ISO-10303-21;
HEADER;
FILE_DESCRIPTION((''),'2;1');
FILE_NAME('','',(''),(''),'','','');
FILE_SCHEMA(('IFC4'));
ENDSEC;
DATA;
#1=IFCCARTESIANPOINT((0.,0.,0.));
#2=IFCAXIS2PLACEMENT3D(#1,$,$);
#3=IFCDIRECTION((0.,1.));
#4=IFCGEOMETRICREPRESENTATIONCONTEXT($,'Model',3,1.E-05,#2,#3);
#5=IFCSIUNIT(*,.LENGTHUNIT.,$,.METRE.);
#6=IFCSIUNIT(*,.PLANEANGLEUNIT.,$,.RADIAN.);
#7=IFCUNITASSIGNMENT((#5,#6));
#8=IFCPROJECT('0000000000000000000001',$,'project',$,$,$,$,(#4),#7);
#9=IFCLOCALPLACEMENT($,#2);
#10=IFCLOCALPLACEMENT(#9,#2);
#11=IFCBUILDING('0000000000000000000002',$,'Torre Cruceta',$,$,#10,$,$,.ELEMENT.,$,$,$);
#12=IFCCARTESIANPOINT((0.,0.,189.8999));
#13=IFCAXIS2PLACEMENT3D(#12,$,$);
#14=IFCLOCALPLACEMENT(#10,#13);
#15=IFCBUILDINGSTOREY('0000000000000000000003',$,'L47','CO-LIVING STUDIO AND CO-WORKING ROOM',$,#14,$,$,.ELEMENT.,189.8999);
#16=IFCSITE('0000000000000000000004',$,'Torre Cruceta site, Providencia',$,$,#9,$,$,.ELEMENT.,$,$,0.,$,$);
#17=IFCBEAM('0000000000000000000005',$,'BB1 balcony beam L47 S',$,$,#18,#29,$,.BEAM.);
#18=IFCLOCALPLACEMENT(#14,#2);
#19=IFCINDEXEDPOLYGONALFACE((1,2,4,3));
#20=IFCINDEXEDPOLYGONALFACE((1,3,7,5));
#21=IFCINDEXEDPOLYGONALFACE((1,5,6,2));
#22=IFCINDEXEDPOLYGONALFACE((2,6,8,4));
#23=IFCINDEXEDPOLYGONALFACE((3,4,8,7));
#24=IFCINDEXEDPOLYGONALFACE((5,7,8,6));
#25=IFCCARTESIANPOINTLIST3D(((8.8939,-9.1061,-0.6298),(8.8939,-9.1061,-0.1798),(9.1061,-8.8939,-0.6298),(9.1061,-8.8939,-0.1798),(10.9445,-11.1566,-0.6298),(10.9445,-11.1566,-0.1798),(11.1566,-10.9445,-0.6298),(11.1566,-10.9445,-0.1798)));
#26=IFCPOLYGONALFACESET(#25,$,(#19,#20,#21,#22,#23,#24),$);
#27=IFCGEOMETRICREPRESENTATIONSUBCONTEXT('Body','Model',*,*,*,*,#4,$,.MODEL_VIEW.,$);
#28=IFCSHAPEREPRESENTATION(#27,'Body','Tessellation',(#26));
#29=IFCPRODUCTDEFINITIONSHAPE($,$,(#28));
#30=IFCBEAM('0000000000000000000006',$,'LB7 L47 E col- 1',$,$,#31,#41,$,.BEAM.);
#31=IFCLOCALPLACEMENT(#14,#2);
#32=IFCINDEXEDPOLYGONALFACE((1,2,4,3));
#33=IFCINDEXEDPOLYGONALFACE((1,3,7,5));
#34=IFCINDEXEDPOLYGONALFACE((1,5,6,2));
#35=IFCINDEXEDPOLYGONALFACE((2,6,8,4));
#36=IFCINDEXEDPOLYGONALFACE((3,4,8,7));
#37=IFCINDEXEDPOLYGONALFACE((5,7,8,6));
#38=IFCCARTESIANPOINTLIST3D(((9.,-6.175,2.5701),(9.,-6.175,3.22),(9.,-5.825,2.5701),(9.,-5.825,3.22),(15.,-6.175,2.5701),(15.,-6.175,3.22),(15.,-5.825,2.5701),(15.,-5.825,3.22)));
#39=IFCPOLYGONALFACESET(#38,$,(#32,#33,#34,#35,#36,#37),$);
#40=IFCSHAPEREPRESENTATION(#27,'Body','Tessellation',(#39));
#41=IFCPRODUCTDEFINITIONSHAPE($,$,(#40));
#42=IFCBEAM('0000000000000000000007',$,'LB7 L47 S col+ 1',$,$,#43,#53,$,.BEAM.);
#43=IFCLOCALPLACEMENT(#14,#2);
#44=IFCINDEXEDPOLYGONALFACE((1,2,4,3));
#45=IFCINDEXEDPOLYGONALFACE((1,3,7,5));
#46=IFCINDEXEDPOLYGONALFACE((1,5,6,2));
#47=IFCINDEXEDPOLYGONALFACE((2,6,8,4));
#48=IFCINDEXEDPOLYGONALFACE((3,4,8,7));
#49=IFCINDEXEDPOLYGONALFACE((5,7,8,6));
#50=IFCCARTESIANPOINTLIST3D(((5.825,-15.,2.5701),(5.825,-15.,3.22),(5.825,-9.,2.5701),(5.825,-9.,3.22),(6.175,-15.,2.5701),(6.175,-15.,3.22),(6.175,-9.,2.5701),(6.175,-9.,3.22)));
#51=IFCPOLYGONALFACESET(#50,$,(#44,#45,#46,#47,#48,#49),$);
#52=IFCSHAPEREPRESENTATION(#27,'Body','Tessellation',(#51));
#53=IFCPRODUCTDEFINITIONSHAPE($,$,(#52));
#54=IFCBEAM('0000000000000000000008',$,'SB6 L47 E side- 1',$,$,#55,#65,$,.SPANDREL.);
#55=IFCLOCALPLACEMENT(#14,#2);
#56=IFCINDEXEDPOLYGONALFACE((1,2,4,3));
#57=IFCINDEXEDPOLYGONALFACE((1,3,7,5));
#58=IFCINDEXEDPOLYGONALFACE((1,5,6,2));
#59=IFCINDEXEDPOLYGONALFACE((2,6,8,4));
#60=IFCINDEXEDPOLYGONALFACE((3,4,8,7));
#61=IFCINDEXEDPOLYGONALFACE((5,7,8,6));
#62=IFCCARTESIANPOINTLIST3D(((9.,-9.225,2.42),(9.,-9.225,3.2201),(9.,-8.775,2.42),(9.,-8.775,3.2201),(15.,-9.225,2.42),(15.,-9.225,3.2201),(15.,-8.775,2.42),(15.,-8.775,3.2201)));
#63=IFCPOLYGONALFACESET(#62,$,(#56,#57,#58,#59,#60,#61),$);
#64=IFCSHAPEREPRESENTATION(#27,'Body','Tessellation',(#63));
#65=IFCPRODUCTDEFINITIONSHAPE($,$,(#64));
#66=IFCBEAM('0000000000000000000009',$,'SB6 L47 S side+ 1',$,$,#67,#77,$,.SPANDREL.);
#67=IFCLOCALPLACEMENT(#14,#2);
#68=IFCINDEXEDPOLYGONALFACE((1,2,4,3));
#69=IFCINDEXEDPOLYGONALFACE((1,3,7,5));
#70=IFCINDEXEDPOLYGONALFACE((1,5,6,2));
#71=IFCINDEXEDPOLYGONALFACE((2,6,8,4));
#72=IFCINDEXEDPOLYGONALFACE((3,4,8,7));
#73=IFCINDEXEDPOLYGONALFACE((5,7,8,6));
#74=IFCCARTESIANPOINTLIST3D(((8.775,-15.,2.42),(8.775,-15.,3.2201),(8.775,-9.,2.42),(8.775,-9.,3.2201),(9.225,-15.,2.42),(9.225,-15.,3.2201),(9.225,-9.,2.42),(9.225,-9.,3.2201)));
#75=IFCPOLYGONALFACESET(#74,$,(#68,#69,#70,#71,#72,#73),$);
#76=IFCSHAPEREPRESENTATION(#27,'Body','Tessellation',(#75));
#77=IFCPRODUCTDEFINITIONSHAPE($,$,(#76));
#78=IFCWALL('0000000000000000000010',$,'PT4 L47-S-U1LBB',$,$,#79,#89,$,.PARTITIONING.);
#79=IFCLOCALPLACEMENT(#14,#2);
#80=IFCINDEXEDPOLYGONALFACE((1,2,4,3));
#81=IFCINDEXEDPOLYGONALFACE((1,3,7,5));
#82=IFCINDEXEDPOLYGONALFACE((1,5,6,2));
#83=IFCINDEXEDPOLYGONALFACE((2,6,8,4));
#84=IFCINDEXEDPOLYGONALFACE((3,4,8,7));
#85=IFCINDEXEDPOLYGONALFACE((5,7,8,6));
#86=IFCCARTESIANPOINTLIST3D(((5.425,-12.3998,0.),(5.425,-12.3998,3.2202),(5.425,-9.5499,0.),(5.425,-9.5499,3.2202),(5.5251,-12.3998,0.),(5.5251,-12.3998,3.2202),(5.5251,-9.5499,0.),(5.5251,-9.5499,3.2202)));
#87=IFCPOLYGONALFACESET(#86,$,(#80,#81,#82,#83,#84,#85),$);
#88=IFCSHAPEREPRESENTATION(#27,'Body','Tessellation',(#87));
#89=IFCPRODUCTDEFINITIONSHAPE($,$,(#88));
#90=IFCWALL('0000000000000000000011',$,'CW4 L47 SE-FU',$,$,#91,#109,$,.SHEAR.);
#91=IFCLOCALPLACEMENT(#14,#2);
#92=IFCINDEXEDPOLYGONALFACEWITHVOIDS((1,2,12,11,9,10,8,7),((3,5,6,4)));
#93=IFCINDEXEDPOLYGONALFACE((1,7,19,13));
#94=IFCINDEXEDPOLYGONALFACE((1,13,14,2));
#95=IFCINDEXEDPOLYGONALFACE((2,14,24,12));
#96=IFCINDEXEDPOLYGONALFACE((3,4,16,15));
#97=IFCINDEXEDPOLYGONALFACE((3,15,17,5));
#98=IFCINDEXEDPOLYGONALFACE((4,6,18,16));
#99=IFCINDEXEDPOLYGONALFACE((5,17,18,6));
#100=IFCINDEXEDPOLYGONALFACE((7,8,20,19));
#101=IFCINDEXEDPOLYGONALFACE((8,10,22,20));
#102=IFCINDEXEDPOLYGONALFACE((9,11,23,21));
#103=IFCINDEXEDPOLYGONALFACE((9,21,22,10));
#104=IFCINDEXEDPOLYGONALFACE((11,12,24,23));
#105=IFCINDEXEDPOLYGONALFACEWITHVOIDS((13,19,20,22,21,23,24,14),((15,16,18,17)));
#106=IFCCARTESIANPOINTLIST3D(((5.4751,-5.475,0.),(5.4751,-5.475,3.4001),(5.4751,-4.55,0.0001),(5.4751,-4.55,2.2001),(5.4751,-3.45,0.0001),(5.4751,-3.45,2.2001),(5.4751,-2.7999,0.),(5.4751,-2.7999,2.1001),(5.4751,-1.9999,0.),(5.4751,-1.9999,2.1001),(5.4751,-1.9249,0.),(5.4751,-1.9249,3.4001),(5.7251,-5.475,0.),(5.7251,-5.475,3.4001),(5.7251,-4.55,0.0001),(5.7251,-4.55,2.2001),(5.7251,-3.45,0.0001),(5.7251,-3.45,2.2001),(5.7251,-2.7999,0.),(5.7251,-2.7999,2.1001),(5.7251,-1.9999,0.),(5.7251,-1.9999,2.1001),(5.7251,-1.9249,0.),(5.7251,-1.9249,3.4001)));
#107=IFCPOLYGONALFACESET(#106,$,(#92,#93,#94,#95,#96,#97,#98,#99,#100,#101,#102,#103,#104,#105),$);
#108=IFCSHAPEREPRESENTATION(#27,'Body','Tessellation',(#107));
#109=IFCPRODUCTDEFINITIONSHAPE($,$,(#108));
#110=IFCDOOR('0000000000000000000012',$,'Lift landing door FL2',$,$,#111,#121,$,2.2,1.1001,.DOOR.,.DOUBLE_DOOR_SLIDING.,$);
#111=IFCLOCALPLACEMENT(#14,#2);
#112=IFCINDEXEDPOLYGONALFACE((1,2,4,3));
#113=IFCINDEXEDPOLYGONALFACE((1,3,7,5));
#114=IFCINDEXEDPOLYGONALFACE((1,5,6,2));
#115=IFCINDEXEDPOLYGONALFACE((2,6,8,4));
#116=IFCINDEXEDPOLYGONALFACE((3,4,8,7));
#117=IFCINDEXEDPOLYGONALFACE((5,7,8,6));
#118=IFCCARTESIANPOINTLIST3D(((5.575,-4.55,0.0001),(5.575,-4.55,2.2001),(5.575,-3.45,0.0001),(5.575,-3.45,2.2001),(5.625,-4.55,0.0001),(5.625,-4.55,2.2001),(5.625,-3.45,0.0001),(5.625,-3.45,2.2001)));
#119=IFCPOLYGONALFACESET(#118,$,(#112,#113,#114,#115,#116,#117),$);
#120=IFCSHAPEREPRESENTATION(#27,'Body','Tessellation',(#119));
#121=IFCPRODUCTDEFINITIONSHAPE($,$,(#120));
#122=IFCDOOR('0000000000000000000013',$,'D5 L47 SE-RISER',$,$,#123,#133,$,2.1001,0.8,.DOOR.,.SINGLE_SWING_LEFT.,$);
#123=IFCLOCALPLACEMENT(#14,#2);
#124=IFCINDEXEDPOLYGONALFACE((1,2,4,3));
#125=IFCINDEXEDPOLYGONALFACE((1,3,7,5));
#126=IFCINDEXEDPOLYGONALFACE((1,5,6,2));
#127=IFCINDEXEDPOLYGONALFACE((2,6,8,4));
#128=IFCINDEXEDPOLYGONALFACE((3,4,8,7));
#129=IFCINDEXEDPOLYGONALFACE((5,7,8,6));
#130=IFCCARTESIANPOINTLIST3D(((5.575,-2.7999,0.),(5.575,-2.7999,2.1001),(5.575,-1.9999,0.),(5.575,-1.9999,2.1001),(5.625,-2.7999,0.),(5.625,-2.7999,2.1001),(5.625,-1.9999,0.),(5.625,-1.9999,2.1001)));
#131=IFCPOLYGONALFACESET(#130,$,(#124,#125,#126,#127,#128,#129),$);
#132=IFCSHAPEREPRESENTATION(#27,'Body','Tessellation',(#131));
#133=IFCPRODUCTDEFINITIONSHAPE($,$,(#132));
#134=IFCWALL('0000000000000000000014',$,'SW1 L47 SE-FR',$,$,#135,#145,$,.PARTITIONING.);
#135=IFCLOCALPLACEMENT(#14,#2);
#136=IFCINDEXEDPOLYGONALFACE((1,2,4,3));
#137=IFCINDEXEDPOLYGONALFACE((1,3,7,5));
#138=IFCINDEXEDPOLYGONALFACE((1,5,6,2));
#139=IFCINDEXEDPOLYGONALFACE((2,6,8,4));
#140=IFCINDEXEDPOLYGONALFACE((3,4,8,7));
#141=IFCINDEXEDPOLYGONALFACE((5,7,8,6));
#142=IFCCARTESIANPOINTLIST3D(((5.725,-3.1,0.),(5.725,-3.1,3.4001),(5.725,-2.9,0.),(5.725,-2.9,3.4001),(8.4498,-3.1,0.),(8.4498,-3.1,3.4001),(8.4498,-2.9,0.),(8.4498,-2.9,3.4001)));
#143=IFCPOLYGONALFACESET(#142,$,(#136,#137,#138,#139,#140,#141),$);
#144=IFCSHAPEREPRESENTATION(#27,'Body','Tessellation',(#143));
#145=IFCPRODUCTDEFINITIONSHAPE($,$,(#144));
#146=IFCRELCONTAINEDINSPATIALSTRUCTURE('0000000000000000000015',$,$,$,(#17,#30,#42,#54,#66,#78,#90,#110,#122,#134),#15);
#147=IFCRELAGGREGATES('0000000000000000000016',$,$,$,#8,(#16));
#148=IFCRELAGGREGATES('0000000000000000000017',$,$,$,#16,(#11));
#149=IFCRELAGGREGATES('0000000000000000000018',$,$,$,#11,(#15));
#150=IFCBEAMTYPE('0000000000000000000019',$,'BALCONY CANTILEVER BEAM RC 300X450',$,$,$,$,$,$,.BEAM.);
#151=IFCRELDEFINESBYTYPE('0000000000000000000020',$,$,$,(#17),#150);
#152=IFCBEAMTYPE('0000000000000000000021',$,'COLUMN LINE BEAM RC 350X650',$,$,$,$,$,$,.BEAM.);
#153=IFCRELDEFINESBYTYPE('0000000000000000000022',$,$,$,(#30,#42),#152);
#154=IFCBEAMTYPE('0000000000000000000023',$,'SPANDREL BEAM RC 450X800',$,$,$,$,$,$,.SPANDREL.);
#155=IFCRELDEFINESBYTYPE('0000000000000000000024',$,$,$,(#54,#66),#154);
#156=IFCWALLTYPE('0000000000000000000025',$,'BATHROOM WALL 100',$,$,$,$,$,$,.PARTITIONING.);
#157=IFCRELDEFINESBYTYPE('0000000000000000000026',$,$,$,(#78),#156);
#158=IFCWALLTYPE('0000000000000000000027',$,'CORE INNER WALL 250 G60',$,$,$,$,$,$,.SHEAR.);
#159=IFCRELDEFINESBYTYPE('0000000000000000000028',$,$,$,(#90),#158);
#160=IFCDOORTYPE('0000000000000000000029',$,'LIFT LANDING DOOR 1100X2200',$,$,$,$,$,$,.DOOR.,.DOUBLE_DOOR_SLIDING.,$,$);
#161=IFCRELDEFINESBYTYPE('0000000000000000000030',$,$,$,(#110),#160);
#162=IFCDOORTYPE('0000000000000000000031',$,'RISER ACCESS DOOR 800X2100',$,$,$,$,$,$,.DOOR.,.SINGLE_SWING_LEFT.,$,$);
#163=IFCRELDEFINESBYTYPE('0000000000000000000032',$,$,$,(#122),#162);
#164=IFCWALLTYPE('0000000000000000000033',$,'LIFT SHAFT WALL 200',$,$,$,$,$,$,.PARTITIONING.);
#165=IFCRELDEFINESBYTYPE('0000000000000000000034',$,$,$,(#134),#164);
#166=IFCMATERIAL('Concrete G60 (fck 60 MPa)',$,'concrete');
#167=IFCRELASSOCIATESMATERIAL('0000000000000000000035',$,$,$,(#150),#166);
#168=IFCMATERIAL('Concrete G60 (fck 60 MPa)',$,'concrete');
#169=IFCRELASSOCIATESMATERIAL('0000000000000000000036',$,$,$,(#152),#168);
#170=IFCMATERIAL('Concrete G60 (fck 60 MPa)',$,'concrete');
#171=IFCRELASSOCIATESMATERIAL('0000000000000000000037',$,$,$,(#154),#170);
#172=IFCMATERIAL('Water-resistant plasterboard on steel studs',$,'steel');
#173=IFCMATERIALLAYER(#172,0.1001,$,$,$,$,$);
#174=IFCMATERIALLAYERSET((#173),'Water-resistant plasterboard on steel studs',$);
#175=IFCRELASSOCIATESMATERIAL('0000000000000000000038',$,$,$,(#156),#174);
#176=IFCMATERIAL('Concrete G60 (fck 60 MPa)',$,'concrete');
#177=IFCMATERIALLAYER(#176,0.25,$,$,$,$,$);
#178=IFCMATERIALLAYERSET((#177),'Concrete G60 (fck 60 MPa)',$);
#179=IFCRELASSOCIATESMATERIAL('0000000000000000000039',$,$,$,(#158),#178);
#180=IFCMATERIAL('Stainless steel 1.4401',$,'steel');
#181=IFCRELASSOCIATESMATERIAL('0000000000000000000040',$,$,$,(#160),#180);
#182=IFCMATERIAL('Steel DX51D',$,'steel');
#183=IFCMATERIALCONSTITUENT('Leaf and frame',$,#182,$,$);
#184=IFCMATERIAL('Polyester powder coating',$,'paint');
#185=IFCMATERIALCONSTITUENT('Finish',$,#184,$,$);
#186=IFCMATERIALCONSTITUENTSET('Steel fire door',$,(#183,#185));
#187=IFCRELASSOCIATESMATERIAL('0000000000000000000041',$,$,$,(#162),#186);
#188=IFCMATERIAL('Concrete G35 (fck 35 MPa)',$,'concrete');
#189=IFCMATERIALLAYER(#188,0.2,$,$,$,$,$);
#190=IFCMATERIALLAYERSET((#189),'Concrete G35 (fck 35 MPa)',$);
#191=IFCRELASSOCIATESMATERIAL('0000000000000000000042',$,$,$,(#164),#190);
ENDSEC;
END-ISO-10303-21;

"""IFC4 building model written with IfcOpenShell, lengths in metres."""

from ifc_helpers import new_model, si_unit, direction, frame, frame_2d, origin, origin_2d, place, context, subcontext, project, spatial, rectangle, extrude, material, layer, layer_set, constituent, constituent_set, material_profile, profile_set, type_object, element, fill, save


model = new_model("IFC4")

# Units and contexts
model_context = context("Model", 3, precision=1e-05, world=origin(), true_north=direction((0.0, 1.0)))
body_context = subcontext(model_context, "Body", "Model", "MODEL_VIEW")
ifc_project = project(units=[si_unit("LENGTHUNIT", "METRE"), si_unit("PLANEANGLEUNIT", "RADIAN")], contexts=[model_context])

# Site, building, storey
site_placement = place(None, origin())
site = spatial("IfcSite", under=ifc_project, at=site_placement, Name="Torre Cruceta site, Providencia", CompositionType="ELEMENT", RefElevation=0.0)
building_placement = place(site_placement, origin())
building = spatial("IfcBuilding", under=site, at=building_placement, Name="Torre Cruceta", CompositionType="ELEMENT")
storey_placement = place(building_placement, frame((0.0, 0.0, 189.8999)))
storey = spatial("IfcBuildingStorey", under=building, at=storey_placement, Name="L47", Description="CO-LIVING STUDIO AND CO-WORKING ROOM", CompositionType="ELEMENT", Elevation=189.8999)

# Beams
ifc_material_1 = material(Name="Concrete G60 (fck 60 MPa)", Category="concrete")
ifc_material_profile_1 = material_profile(ifc_material_1, rectangle(XDim=0.3, YDim=0.45, at=origin_2d()), Name="RC 300X450")
ifc_profile_set_1 = profile_set([ifc_material_profile_1], Name="Concrete G60 (fck 60 MPa)")
beam_type_1 = type_object("IfcBeamType", Name="BALCONY CANTILEVER BEAM RC 300X450", PredefinedType="BEAM", material=ifc_profile_set_1)
beam_placement = place(storey_placement, frame((9.0, -9.0, -0.4048), z_axis=(0.707107, -0.707107, 0.0), x_axis=(0.707107, 0.707107, 0.0)))
element("IfcBeam", 1, at=beam_placement, inside=storey, type_object=beam_type_1, Name="BB1 balcony beam L47 S", PredefinedType="BEAM", context=body_context, shape_type="SweptSolid", body=[
    extrude(rectangle(XDim=0.3, YDim=0.45, at=origin_2d()), origin(), (0.0, 0.0, 1.0), 2.8999),
])
ifc_material_2 = material(Name="Concrete G60 (fck 60 MPa)", Category="concrete")
ifc_material_profile_2 = material_profile(ifc_material_2, rectangle(XDim=0.3501, YDim=0.6499, at=origin_2d()), Name="RC 350X650")
ifc_profile_set_2 = profile_set([ifc_material_profile_2], Name="Concrete G60 (fck 60 MPa)")
beam_type_2 = type_object("IfcBeamType", Name="COLUMN LINE BEAM RC 350X650", PredefinedType="BEAM", material=ifc_profile_set_2)
for number, where, z_axis, x_axis, name in (
    (2, (9.0, -6.0, 2.895), (1.0, 0.0, 0.0), (0.0, 1.0, 0.0), "LB7 L47 E col- 1"),
    (3, (6.0, -9.0, 2.895), (0.0, -1.0, 0.0), (1.0, 0.0, 0.0), "LB7 L47 S col+ 1"),
):
    element("IfcBeam", number, at=place(storey_placement, frame(where, z_axis=z_axis, x_axis=x_axis)), inside=storey, type_object=beam_type_2, Name=name, PredefinedType="BEAM", context=body_context, shape_type="SweptSolid", body=[
        extrude(rectangle(XDim=0.3501, YDim=0.6499, at=origin_2d()), origin(), (0.0, 0.0, 1.0), 6.0),
    ])
ifc_material_3 = material(Name="Concrete G60 (fck 60 MPa)", Category="concrete")
ifc_material_profile_3 = material_profile(ifc_material_3, rectangle(XDim=0.45, YDim=0.8, at=origin_2d()), Name="RC 450X800")
ifc_profile_set_3 = profile_set([ifc_material_profile_3], Name="Concrete G60 (fck 60 MPa)")
beam_type_3 = type_object("IfcBeamType", Name="SPANDREL BEAM RC 450X800", PredefinedType="SPANDREL", material=ifc_profile_set_3)
for number, where, z_axis, x_axis, name in (
    (4, (9.0, -9.0, 2.8201), (1.0, 0.0, 0.0), (0.0, 1.0, 0.0), "SB6 L47 E side- 1"),
    (5, (9.0, -9.0, 2.8201), (0.0, -1.0, 0.0), (1.0, 0.0, 0.0), "SB6 L47 S side+ 1"),
):
    element("IfcBeam", number, at=place(storey_placement, frame(where, z_axis=z_axis, x_axis=x_axis)), inside=storey, type_object=beam_type_3, Name=name, PredefinedType="SPANDREL", context=body_context, shape_type="SweptSolid", body=[
        extrude(rectangle(XDim=0.45, YDim=0.8, at=origin_2d()), origin(), (0.0, 0.0, 1.0), 6.0),
    ])

# Wall
ifc_material_4 = material(Name="Water-resistant plasterboard on steel studs", Category="steel")
ifc_layer_1 = layer(ifc_material_4, 0.1001)
ifc_layer_set_1 = layer_set([ifc_layer_1], Name="Water-resistant plasterboard on steel studs")
wall_type_1 = type_object("IfcWallType", Name="BATHROOM WALL 100", PredefinedType="PARTITIONING", material=ifc_layer_set_1)
wall_1_placement = place(storey_placement, frame((5.4751, -9.55, 0.0), z_axis=(0.0, 0.0, 1.0), x_axis=(0.0, -1.0, 0.0)))
element("IfcWall", 6, at=wall_1_placement, inside=storey, type_object=wall_type_1, Name="PT4 L47-S-U1LBB", PredefinedType="PARTITIONING", context=body_context, shape_type="SweptSolid", body=[
    extrude(rectangle(XDim=2.8499, YDim=0.1001, at=frame_2d((1.4248, 0.0))), origin(), (0.0, 0.0, 1.0), 3.2202),
])

# Wall, openings, doors
ifc_material_5 = material(Name="Concrete G60 (fck 60 MPa)", Category="concrete")
ifc_layer_2 = layer(ifc_material_5, 0.25)
ifc_layer_set_2 = layer_set([ifc_layer_2], Name="Concrete G60 (fck 60 MPa)")
wall_type_2 = type_object("IfcWallType", Name="CORE INNER WALL 250 G60", PredefinedType="SHEAR", material=ifc_layer_set_2)
wall_2_placement = place(storey_placement, frame((5.6001, -1.925, 0.0), z_axis=(0.0, 0.0, 1.0), x_axis=(0.0, -1.0, 0.0)))
wall_2 = element("IfcWall", 7, at=wall_2_placement, inside=storey, type_object=wall_type_2, Name="CW4 L47 SE-FU", PredefinedType="SHEAR", context=body_context, shape_type="SweptSolid", body=[
    extrude(rectangle(XDim=3.55, YDim=0.25, at=frame_2d((1.7749, 0.0))), origin(), (0.0, 0.0, 1.0), 3.4001),
])
opening_1_placement = place(wall_2_placement, frame((1.5249, 0.0, 0.0)))
opening_1 = element("IfcOpeningElement", 8, at=opening_1_placement, cuts=wall_2, PredefinedType="OPENING", context=body_context, shape_type="SweptSolid", body=[
    extrude(rectangle(XDim=1.1001, YDim=2.2, at=frame_2d((0.55, 1.1001))), frame((0.0, 0.135, 0.0), z_axis=(0.0, -1.0, 0.0), x_axis=(1.0, 0.0, 0.0)), (0.0, 0.0, 1.0), 0.27),
])
opening_2_placement = place(wall_2_placement, frame((0.075, 0.0, 0.0)))
opening_2 = element("IfcOpeningElement", 9, at=opening_2_placement, cuts=wall_2, PredefinedType="OPENING", context=body_context, shape_type="SweptSolid", body=[
    extrude(rectangle(XDim=0.8, YDim=2.1001, at=frame_2d((0.3999, 1.05))), frame((0.0, 0.135, 0.0), z_axis=(0.0, -1.0, 0.0), x_axis=(1.0, 0.0, 0.0)), (0.0, 0.0, 1.0), 0.27),
])
ifc_material_6 = material(Name="Stainless steel 1.4401", Category="steel")
door_type_1 = type_object("IfcDoorType", Name="LIFT LANDING DOOR 1100X2200", OperationType="DOUBLE_DOOR_SLIDING", PredefinedType="DOOR", material=ifc_material_6)
door_1_placement = place(opening_1_placement, origin())
door_1 = element("IfcDoor", 10, at=door_1_placement, inside=storey, type_object=door_type_1, Name="Lift landing door FL2", OperationType="DOUBLE_DOOR_SLIDING", OverallHeight=2.2, OverallWidth=1.1001, PredefinedType="DOOR", context=body_context, shape_type="SweptSolid", body=[
    extrude(rectangle(XDim=1.1001, YDim=2.2, at=frame_2d((0.55, 1.1001))), frame((0.0, 0.0249, 0.0), z_axis=(0.0, -1.0, 0.0), x_axis=(1.0, 0.0, 0.0)), (0.0, 0.0, 1.0), 0.05),
])
fill(opening_1, door_1)
ifc_material_7 = material(Name="Steel DX51D", Category="steel")
ifc_constituent_1 = constituent(ifc_material_7, Name="Leaf and frame")
ifc_material_8 = material(Name="Polyester powder coating", Category="paint")
ifc_constituent_2 = constituent(ifc_material_8, Name="Finish")
ifc_constituent_set_1 = constituent_set(constituents=[ifc_constituent_1, ifc_constituent_2], Name="Steel fire door")
door_type_2 = type_object("IfcDoorType", Name="RISER ACCESS DOOR 800X2100", OperationType="SINGLE_SWING_LEFT", PredefinedType="DOOR", material=ifc_constituent_set_1)
door_2_placement = place(opening_2_placement, origin())
door_2 = element("IfcDoor", 11, at=door_2_placement, inside=storey, type_object=door_type_2, Name="D5 L47 SE-RISER", OperationType="SINGLE_SWING_LEFT", OverallHeight=2.1001, OverallWidth=0.8, PredefinedType="DOOR", context=body_context, shape_type="SweptSolid", body=[
    extrude(rectangle(XDim=0.8, YDim=2.1001, at=frame_2d((0.3999, 1.05))), frame((0.0, 0.0249, 0.0), z_axis=(0.0, -1.0, 0.0), x_axis=(1.0, 0.0, 0.0)), (0.0, 0.0, 1.0), 0.05),
])
fill(opening_2, door_2)

# Wall
ifc_material_9 = material(Name="Concrete G35 (fck 35 MPa)", Category="concrete")
ifc_layer_3 = layer(ifc_material_9, 0.2)
ifc_layer_set_3 = layer_set([ifc_layer_3], Name="Concrete G35 (fck 35 MPa)")
wall_type_3 = type_object("IfcWallType", Name="LIFT SHAFT WALL 200", PredefinedType="PARTITIONING", material=ifc_layer_set_3)
wall_3_placement = place(storey_placement, frame((5.7251, -3.0, 0.0), z_axis=(0.0, 0.0, 1.0), x_axis=(1.0, 0.0, 0.0)))
element("IfcWall", 12, at=wall_3_placement, inside=storey, type_object=wall_type_3, Name="SW1 L47 SE-FR", PredefinedType="PARTITIONING", context=body_context, shape_type="SweptSolid", body=[
    extrude(rectangle(XDim=2.7249, YDim=0.2, at=frame_2d((1.3623, 0.0))), origin(), (0.0, 0.0, 1.0), 3.4001),
])

save(model, "model.ifc")
